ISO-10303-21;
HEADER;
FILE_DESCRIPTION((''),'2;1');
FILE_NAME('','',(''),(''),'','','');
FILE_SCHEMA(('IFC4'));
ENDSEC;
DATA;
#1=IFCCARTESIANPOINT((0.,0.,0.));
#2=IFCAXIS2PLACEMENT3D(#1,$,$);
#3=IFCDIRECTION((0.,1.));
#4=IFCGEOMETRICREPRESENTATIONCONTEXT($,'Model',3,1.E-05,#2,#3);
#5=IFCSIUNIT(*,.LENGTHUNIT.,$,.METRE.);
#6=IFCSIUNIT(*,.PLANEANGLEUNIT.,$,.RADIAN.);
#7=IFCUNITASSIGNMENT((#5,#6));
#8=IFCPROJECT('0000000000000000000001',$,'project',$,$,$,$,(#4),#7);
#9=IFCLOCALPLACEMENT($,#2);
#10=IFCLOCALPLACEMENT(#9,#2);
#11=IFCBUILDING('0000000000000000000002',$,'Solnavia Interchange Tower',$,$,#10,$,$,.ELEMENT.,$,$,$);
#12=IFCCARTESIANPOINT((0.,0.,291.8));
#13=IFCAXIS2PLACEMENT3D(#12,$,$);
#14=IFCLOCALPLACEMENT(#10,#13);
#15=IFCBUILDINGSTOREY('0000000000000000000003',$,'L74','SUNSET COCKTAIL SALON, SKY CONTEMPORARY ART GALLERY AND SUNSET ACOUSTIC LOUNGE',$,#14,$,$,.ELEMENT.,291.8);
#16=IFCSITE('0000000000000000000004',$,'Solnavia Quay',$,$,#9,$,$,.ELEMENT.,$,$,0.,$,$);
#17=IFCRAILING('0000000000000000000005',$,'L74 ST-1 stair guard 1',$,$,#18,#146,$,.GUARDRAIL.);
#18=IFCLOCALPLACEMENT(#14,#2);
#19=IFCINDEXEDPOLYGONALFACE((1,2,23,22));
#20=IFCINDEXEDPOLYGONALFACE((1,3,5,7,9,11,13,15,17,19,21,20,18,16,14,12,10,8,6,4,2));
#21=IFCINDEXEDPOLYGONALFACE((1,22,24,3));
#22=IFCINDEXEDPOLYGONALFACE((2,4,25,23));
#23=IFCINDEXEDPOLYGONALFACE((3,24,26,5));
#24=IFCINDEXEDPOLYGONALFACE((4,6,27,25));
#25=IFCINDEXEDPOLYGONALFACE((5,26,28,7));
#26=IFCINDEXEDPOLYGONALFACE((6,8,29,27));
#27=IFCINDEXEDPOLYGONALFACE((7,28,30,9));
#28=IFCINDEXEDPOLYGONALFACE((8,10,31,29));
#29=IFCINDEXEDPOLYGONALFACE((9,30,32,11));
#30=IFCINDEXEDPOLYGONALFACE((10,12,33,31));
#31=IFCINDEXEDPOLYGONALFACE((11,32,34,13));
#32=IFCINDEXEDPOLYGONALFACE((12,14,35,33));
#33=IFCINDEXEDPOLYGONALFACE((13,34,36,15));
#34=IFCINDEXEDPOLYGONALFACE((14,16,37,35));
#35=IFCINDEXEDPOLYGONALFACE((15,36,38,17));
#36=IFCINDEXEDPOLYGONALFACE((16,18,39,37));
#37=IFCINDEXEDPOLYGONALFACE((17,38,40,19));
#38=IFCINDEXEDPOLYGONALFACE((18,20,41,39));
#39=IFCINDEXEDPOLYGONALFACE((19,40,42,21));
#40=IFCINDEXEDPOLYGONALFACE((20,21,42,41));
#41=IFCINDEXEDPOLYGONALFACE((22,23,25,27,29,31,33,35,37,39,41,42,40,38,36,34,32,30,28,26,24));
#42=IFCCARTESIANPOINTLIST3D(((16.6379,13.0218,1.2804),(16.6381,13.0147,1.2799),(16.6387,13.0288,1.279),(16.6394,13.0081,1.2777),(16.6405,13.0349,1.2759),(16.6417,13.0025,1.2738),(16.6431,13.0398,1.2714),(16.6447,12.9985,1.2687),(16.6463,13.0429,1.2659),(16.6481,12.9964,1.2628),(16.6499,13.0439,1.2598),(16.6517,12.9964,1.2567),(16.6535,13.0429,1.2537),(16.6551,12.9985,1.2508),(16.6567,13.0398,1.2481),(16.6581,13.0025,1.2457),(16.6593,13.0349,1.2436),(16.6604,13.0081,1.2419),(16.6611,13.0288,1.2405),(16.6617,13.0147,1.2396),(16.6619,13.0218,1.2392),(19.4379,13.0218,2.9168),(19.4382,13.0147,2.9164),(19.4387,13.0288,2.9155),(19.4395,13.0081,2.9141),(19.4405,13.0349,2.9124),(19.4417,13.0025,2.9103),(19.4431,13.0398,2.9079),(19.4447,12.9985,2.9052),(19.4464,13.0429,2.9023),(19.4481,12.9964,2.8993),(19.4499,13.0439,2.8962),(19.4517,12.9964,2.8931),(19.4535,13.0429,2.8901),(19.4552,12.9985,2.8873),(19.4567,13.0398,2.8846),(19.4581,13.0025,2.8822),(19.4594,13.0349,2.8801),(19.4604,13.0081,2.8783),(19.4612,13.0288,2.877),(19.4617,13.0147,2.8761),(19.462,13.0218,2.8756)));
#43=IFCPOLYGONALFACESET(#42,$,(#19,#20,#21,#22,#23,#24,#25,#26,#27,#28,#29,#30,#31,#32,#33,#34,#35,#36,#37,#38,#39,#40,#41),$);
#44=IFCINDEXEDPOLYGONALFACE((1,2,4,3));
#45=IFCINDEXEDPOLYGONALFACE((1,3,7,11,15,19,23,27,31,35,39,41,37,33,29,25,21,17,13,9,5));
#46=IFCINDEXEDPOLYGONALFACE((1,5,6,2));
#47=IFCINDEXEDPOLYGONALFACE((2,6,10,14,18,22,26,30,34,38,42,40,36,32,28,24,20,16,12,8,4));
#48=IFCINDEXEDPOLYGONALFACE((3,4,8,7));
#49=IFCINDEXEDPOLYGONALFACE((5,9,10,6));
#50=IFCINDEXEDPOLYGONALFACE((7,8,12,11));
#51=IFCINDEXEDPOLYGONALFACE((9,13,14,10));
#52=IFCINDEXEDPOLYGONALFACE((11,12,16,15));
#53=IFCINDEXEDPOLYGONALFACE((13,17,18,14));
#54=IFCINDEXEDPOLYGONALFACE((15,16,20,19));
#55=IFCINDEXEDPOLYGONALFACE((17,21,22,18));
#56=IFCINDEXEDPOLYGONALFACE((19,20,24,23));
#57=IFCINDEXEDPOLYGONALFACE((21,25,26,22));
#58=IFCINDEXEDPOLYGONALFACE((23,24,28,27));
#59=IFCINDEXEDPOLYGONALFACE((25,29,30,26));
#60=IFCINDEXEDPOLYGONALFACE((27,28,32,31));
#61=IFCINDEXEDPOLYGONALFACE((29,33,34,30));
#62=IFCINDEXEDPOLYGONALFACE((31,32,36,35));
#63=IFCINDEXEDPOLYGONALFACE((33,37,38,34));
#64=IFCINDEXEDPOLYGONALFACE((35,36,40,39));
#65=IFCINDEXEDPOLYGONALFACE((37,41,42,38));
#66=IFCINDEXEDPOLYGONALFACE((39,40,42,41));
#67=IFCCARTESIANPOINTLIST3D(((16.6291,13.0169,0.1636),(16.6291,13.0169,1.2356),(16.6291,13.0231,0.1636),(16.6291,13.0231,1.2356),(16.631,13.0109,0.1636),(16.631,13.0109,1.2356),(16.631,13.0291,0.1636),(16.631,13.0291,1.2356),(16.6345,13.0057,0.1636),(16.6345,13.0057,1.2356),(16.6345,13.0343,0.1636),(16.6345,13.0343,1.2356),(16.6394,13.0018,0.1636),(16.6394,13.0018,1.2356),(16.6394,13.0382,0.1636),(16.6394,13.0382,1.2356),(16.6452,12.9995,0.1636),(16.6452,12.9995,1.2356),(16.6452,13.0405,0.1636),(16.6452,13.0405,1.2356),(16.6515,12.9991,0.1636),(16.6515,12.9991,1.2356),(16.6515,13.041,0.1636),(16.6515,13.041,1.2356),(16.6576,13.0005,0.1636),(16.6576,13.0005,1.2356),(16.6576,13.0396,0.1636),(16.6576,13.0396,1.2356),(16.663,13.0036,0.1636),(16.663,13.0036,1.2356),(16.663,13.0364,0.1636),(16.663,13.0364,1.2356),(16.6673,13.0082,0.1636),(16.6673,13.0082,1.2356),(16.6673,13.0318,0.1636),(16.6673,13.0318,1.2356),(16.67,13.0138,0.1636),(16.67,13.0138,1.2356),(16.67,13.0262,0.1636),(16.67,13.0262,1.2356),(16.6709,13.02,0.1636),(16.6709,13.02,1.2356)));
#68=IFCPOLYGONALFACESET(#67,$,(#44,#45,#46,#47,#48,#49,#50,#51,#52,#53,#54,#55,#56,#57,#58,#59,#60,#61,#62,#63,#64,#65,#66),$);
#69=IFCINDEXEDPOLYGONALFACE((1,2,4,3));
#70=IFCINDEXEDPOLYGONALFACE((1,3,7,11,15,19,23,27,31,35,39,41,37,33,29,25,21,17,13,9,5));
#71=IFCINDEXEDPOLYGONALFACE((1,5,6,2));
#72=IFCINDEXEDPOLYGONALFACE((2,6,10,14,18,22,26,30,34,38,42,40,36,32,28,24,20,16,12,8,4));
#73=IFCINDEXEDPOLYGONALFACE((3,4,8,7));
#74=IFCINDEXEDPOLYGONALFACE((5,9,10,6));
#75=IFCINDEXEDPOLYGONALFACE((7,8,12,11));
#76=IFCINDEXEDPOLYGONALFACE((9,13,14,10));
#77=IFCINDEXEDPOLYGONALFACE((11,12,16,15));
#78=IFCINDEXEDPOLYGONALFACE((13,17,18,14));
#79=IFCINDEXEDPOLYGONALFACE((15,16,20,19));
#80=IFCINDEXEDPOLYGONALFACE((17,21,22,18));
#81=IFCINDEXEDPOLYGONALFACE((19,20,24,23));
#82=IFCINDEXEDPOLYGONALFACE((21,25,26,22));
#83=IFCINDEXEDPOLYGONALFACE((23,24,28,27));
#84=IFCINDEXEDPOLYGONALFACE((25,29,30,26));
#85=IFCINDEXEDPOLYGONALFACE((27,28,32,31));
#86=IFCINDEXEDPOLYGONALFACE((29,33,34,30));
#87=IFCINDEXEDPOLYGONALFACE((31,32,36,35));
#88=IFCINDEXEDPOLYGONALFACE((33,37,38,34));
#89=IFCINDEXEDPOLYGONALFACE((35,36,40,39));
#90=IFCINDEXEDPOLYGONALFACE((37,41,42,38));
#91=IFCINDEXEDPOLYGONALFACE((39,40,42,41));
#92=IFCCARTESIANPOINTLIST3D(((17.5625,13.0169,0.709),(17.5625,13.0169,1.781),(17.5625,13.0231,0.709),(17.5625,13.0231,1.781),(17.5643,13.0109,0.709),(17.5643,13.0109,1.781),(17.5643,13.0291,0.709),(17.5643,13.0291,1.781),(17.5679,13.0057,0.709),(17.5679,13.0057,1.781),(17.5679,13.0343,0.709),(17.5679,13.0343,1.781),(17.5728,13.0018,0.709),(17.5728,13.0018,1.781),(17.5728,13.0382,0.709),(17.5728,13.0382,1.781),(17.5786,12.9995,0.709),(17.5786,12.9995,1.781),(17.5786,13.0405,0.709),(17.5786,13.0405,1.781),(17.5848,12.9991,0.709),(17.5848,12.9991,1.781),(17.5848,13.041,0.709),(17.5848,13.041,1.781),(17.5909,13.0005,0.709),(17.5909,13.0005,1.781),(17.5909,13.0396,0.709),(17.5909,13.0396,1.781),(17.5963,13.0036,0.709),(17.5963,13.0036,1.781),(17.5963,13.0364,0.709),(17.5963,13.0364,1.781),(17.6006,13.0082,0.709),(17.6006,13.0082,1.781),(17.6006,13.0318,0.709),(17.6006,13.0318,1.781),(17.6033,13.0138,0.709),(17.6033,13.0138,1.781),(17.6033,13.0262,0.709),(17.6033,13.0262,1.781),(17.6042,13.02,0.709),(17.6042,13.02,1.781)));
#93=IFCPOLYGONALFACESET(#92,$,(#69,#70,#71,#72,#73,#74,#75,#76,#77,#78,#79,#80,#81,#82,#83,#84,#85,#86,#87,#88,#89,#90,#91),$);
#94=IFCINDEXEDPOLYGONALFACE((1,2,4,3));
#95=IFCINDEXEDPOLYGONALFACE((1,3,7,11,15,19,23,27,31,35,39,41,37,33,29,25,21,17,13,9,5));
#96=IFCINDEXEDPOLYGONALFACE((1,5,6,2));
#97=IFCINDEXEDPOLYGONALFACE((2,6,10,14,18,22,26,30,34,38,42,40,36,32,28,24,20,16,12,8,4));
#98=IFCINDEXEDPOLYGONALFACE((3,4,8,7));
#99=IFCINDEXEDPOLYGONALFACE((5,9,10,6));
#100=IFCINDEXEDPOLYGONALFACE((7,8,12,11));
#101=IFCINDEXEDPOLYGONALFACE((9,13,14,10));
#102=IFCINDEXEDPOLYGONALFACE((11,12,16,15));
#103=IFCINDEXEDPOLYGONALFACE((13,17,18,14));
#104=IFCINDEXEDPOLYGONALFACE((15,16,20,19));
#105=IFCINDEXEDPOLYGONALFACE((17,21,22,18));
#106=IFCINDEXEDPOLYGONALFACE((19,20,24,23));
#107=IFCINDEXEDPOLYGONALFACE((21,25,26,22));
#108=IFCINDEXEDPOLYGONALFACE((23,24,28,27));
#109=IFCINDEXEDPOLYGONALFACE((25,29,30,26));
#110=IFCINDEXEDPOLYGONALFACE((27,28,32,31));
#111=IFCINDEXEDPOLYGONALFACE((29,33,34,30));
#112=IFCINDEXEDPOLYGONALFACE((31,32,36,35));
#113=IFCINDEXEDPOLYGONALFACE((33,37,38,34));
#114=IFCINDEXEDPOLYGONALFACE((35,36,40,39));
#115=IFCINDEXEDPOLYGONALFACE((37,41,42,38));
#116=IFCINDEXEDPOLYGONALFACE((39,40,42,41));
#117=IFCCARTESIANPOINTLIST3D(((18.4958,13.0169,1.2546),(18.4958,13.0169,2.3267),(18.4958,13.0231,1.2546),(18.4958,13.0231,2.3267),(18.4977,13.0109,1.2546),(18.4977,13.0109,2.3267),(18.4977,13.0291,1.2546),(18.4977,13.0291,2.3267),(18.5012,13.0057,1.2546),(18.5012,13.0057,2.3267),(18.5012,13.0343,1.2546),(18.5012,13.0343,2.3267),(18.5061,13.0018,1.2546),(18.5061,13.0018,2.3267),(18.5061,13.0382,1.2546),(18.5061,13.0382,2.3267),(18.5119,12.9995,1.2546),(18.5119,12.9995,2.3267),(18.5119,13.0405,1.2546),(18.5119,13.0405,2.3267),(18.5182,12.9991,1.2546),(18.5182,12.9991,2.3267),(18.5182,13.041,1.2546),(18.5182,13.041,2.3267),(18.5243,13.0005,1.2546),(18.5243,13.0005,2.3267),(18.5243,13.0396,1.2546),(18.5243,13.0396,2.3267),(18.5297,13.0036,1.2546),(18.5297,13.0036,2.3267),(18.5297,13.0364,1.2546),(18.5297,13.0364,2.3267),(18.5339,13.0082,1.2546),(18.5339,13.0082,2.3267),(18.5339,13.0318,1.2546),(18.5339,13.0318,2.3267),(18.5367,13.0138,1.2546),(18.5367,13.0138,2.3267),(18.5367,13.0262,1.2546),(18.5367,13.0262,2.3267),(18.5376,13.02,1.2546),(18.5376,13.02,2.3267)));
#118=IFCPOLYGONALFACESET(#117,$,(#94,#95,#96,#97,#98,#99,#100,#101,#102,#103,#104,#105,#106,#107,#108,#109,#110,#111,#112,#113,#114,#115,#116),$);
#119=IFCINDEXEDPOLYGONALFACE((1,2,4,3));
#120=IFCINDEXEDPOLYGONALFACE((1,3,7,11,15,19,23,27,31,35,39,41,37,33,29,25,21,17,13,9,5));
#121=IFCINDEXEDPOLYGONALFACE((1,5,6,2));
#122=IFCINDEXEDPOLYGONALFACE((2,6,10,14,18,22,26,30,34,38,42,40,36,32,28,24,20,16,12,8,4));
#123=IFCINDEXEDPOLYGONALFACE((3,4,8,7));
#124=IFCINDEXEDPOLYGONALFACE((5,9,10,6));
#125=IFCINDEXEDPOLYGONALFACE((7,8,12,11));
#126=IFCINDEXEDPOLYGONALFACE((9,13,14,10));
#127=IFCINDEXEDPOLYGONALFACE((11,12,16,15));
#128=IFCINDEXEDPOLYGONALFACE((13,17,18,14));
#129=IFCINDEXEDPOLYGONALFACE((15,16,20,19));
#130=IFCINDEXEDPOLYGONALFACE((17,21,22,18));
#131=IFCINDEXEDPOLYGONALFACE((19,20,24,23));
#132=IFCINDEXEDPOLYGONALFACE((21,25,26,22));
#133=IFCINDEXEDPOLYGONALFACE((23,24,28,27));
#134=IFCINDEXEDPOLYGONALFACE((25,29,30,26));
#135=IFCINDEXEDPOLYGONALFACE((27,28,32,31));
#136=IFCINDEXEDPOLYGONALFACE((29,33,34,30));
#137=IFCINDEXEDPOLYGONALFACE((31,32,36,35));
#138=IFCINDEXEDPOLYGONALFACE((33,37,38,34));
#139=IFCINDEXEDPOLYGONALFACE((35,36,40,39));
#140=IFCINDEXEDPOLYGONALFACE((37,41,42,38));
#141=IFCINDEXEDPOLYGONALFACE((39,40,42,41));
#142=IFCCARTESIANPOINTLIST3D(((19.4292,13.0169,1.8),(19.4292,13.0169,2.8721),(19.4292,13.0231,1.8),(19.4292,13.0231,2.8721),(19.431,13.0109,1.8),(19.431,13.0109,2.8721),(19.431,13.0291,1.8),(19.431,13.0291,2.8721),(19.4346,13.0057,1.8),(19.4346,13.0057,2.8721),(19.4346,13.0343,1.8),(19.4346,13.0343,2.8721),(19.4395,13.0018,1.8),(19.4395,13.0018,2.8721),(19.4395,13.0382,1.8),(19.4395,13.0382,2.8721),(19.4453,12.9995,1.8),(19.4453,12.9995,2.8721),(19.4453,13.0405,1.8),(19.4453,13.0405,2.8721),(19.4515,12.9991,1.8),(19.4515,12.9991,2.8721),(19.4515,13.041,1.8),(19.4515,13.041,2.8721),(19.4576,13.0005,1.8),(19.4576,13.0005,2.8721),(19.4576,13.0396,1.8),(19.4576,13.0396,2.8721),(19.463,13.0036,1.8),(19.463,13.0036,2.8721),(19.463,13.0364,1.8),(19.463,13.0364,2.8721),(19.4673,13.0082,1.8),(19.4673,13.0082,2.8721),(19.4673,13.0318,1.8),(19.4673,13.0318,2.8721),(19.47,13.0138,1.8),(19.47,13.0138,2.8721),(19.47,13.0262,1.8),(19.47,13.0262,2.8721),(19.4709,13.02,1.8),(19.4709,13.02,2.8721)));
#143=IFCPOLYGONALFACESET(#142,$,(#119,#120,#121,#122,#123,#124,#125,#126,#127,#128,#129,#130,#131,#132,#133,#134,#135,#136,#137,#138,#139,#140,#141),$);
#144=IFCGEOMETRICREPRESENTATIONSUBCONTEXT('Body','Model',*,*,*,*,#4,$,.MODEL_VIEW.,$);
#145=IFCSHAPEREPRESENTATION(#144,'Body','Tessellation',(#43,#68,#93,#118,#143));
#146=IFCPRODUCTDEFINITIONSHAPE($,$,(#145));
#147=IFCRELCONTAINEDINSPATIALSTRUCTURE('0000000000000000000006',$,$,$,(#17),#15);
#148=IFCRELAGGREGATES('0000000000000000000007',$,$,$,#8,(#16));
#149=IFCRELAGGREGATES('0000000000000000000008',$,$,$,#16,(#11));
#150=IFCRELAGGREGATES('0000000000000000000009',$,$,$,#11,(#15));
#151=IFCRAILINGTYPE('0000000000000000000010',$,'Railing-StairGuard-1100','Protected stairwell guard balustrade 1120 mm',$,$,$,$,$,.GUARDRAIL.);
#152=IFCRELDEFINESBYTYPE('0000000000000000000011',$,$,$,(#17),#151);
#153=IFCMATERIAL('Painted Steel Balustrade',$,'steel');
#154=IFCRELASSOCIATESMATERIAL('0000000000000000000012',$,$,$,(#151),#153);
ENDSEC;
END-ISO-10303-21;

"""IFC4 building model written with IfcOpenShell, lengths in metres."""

from ifc_helpers import new_model, si_unit, direction, frame, origin, origin_2d, place, context, subcontext, project, spatial, circle, extrude, material, type_object, element, save


model = new_model("IFC4")

# Units and contexts
model_context = context("Model", 3, precision=1e-05, world=origin(), true_north=direction((0.0, 1.0)))
body_context = subcontext(model_context, "Body", "Model", "MODEL_VIEW")
ifc_project = project(units=[si_unit("LENGTHUNIT", "METRE"), si_unit("PLANEANGLEUNIT", "RADIAN")], contexts=[model_context])

# Site, building, storey
site_placement = place(None, origin())
site = spatial("IfcSite", under=ifc_project, at=site_placement, Name="Solnavia Quay", CompositionType="ELEMENT", RefElevation=0.0)
building_placement = place(site_placement, origin())
building = spatial("IfcBuilding", under=site, at=building_placement, Name="Solnavia Interchange Tower", CompositionType="ELEMENT")
storey_placement = place(building_placement, frame((0.0, 0.0, 291.8)))
storey = spatial("IfcBuildingStorey", under=building, at=storey_placement, Name="L74", Description="SUNSET COCKTAIL SALON, SKY CONTEMPORARY ART GALLERY AND SUNSET ACOUSTIC LOUNGE", CompositionType="ELEMENT", Elevation=291.8)

# Railing
ifc_material_1 = material(Name="Painted Steel Balustrade", Category="steel")
railing_type_1 = type_object("IfcRailingType", Name="Railing-StairGuard-1100", Description="Protected stairwell guard balustrade 1120 mm", PredefinedType="GUARDRAIL", material=ifc_material_1)
railing_1_placement = place(storey_placement, frame((16.6499, 13.02, 0.1636)))
element("IfcRailing", 1, at=railing_1_placement, inside=storey, type_object=railing_type_1, Name="L74 ST-1 stair guard 1", PredefinedType="GUARDRAIL", context=body_context, shape_type="SweptSolid", body=[
    extrude(circle(Radius=0.0239, at=origin_2d()), frame((0.0, 0.0, 1.0962), z_axis=(0.863361, 0.0, 0.504587), x_axis=(0.0, 1.0, 0.0)), (0.0, 0.0, 1.0), 3.2432),
    extrude(circle(Radius=0.021, at=origin_2d()), origin(), (0.0, 0.0, 1.0), 1.072),
    extrude(circle(Radius=0.021, at=origin_2d()), frame((0.9333, 0.0, 0.5454)), (0.0, 0.0, 1.0), 1.072),
    extrude(circle(Radius=0.021, at=origin_2d()), frame((1.8667, 0.0, 1.0911)), (0.0, 0.0, 1.0), 1.072),
    extrude(circle(Radius=0.021, at=origin_2d()), frame((2.8, 0.0, 1.6365)), (0.0, 0.0, 1.0), 1.072),
])

save(model, "model.ifc")
